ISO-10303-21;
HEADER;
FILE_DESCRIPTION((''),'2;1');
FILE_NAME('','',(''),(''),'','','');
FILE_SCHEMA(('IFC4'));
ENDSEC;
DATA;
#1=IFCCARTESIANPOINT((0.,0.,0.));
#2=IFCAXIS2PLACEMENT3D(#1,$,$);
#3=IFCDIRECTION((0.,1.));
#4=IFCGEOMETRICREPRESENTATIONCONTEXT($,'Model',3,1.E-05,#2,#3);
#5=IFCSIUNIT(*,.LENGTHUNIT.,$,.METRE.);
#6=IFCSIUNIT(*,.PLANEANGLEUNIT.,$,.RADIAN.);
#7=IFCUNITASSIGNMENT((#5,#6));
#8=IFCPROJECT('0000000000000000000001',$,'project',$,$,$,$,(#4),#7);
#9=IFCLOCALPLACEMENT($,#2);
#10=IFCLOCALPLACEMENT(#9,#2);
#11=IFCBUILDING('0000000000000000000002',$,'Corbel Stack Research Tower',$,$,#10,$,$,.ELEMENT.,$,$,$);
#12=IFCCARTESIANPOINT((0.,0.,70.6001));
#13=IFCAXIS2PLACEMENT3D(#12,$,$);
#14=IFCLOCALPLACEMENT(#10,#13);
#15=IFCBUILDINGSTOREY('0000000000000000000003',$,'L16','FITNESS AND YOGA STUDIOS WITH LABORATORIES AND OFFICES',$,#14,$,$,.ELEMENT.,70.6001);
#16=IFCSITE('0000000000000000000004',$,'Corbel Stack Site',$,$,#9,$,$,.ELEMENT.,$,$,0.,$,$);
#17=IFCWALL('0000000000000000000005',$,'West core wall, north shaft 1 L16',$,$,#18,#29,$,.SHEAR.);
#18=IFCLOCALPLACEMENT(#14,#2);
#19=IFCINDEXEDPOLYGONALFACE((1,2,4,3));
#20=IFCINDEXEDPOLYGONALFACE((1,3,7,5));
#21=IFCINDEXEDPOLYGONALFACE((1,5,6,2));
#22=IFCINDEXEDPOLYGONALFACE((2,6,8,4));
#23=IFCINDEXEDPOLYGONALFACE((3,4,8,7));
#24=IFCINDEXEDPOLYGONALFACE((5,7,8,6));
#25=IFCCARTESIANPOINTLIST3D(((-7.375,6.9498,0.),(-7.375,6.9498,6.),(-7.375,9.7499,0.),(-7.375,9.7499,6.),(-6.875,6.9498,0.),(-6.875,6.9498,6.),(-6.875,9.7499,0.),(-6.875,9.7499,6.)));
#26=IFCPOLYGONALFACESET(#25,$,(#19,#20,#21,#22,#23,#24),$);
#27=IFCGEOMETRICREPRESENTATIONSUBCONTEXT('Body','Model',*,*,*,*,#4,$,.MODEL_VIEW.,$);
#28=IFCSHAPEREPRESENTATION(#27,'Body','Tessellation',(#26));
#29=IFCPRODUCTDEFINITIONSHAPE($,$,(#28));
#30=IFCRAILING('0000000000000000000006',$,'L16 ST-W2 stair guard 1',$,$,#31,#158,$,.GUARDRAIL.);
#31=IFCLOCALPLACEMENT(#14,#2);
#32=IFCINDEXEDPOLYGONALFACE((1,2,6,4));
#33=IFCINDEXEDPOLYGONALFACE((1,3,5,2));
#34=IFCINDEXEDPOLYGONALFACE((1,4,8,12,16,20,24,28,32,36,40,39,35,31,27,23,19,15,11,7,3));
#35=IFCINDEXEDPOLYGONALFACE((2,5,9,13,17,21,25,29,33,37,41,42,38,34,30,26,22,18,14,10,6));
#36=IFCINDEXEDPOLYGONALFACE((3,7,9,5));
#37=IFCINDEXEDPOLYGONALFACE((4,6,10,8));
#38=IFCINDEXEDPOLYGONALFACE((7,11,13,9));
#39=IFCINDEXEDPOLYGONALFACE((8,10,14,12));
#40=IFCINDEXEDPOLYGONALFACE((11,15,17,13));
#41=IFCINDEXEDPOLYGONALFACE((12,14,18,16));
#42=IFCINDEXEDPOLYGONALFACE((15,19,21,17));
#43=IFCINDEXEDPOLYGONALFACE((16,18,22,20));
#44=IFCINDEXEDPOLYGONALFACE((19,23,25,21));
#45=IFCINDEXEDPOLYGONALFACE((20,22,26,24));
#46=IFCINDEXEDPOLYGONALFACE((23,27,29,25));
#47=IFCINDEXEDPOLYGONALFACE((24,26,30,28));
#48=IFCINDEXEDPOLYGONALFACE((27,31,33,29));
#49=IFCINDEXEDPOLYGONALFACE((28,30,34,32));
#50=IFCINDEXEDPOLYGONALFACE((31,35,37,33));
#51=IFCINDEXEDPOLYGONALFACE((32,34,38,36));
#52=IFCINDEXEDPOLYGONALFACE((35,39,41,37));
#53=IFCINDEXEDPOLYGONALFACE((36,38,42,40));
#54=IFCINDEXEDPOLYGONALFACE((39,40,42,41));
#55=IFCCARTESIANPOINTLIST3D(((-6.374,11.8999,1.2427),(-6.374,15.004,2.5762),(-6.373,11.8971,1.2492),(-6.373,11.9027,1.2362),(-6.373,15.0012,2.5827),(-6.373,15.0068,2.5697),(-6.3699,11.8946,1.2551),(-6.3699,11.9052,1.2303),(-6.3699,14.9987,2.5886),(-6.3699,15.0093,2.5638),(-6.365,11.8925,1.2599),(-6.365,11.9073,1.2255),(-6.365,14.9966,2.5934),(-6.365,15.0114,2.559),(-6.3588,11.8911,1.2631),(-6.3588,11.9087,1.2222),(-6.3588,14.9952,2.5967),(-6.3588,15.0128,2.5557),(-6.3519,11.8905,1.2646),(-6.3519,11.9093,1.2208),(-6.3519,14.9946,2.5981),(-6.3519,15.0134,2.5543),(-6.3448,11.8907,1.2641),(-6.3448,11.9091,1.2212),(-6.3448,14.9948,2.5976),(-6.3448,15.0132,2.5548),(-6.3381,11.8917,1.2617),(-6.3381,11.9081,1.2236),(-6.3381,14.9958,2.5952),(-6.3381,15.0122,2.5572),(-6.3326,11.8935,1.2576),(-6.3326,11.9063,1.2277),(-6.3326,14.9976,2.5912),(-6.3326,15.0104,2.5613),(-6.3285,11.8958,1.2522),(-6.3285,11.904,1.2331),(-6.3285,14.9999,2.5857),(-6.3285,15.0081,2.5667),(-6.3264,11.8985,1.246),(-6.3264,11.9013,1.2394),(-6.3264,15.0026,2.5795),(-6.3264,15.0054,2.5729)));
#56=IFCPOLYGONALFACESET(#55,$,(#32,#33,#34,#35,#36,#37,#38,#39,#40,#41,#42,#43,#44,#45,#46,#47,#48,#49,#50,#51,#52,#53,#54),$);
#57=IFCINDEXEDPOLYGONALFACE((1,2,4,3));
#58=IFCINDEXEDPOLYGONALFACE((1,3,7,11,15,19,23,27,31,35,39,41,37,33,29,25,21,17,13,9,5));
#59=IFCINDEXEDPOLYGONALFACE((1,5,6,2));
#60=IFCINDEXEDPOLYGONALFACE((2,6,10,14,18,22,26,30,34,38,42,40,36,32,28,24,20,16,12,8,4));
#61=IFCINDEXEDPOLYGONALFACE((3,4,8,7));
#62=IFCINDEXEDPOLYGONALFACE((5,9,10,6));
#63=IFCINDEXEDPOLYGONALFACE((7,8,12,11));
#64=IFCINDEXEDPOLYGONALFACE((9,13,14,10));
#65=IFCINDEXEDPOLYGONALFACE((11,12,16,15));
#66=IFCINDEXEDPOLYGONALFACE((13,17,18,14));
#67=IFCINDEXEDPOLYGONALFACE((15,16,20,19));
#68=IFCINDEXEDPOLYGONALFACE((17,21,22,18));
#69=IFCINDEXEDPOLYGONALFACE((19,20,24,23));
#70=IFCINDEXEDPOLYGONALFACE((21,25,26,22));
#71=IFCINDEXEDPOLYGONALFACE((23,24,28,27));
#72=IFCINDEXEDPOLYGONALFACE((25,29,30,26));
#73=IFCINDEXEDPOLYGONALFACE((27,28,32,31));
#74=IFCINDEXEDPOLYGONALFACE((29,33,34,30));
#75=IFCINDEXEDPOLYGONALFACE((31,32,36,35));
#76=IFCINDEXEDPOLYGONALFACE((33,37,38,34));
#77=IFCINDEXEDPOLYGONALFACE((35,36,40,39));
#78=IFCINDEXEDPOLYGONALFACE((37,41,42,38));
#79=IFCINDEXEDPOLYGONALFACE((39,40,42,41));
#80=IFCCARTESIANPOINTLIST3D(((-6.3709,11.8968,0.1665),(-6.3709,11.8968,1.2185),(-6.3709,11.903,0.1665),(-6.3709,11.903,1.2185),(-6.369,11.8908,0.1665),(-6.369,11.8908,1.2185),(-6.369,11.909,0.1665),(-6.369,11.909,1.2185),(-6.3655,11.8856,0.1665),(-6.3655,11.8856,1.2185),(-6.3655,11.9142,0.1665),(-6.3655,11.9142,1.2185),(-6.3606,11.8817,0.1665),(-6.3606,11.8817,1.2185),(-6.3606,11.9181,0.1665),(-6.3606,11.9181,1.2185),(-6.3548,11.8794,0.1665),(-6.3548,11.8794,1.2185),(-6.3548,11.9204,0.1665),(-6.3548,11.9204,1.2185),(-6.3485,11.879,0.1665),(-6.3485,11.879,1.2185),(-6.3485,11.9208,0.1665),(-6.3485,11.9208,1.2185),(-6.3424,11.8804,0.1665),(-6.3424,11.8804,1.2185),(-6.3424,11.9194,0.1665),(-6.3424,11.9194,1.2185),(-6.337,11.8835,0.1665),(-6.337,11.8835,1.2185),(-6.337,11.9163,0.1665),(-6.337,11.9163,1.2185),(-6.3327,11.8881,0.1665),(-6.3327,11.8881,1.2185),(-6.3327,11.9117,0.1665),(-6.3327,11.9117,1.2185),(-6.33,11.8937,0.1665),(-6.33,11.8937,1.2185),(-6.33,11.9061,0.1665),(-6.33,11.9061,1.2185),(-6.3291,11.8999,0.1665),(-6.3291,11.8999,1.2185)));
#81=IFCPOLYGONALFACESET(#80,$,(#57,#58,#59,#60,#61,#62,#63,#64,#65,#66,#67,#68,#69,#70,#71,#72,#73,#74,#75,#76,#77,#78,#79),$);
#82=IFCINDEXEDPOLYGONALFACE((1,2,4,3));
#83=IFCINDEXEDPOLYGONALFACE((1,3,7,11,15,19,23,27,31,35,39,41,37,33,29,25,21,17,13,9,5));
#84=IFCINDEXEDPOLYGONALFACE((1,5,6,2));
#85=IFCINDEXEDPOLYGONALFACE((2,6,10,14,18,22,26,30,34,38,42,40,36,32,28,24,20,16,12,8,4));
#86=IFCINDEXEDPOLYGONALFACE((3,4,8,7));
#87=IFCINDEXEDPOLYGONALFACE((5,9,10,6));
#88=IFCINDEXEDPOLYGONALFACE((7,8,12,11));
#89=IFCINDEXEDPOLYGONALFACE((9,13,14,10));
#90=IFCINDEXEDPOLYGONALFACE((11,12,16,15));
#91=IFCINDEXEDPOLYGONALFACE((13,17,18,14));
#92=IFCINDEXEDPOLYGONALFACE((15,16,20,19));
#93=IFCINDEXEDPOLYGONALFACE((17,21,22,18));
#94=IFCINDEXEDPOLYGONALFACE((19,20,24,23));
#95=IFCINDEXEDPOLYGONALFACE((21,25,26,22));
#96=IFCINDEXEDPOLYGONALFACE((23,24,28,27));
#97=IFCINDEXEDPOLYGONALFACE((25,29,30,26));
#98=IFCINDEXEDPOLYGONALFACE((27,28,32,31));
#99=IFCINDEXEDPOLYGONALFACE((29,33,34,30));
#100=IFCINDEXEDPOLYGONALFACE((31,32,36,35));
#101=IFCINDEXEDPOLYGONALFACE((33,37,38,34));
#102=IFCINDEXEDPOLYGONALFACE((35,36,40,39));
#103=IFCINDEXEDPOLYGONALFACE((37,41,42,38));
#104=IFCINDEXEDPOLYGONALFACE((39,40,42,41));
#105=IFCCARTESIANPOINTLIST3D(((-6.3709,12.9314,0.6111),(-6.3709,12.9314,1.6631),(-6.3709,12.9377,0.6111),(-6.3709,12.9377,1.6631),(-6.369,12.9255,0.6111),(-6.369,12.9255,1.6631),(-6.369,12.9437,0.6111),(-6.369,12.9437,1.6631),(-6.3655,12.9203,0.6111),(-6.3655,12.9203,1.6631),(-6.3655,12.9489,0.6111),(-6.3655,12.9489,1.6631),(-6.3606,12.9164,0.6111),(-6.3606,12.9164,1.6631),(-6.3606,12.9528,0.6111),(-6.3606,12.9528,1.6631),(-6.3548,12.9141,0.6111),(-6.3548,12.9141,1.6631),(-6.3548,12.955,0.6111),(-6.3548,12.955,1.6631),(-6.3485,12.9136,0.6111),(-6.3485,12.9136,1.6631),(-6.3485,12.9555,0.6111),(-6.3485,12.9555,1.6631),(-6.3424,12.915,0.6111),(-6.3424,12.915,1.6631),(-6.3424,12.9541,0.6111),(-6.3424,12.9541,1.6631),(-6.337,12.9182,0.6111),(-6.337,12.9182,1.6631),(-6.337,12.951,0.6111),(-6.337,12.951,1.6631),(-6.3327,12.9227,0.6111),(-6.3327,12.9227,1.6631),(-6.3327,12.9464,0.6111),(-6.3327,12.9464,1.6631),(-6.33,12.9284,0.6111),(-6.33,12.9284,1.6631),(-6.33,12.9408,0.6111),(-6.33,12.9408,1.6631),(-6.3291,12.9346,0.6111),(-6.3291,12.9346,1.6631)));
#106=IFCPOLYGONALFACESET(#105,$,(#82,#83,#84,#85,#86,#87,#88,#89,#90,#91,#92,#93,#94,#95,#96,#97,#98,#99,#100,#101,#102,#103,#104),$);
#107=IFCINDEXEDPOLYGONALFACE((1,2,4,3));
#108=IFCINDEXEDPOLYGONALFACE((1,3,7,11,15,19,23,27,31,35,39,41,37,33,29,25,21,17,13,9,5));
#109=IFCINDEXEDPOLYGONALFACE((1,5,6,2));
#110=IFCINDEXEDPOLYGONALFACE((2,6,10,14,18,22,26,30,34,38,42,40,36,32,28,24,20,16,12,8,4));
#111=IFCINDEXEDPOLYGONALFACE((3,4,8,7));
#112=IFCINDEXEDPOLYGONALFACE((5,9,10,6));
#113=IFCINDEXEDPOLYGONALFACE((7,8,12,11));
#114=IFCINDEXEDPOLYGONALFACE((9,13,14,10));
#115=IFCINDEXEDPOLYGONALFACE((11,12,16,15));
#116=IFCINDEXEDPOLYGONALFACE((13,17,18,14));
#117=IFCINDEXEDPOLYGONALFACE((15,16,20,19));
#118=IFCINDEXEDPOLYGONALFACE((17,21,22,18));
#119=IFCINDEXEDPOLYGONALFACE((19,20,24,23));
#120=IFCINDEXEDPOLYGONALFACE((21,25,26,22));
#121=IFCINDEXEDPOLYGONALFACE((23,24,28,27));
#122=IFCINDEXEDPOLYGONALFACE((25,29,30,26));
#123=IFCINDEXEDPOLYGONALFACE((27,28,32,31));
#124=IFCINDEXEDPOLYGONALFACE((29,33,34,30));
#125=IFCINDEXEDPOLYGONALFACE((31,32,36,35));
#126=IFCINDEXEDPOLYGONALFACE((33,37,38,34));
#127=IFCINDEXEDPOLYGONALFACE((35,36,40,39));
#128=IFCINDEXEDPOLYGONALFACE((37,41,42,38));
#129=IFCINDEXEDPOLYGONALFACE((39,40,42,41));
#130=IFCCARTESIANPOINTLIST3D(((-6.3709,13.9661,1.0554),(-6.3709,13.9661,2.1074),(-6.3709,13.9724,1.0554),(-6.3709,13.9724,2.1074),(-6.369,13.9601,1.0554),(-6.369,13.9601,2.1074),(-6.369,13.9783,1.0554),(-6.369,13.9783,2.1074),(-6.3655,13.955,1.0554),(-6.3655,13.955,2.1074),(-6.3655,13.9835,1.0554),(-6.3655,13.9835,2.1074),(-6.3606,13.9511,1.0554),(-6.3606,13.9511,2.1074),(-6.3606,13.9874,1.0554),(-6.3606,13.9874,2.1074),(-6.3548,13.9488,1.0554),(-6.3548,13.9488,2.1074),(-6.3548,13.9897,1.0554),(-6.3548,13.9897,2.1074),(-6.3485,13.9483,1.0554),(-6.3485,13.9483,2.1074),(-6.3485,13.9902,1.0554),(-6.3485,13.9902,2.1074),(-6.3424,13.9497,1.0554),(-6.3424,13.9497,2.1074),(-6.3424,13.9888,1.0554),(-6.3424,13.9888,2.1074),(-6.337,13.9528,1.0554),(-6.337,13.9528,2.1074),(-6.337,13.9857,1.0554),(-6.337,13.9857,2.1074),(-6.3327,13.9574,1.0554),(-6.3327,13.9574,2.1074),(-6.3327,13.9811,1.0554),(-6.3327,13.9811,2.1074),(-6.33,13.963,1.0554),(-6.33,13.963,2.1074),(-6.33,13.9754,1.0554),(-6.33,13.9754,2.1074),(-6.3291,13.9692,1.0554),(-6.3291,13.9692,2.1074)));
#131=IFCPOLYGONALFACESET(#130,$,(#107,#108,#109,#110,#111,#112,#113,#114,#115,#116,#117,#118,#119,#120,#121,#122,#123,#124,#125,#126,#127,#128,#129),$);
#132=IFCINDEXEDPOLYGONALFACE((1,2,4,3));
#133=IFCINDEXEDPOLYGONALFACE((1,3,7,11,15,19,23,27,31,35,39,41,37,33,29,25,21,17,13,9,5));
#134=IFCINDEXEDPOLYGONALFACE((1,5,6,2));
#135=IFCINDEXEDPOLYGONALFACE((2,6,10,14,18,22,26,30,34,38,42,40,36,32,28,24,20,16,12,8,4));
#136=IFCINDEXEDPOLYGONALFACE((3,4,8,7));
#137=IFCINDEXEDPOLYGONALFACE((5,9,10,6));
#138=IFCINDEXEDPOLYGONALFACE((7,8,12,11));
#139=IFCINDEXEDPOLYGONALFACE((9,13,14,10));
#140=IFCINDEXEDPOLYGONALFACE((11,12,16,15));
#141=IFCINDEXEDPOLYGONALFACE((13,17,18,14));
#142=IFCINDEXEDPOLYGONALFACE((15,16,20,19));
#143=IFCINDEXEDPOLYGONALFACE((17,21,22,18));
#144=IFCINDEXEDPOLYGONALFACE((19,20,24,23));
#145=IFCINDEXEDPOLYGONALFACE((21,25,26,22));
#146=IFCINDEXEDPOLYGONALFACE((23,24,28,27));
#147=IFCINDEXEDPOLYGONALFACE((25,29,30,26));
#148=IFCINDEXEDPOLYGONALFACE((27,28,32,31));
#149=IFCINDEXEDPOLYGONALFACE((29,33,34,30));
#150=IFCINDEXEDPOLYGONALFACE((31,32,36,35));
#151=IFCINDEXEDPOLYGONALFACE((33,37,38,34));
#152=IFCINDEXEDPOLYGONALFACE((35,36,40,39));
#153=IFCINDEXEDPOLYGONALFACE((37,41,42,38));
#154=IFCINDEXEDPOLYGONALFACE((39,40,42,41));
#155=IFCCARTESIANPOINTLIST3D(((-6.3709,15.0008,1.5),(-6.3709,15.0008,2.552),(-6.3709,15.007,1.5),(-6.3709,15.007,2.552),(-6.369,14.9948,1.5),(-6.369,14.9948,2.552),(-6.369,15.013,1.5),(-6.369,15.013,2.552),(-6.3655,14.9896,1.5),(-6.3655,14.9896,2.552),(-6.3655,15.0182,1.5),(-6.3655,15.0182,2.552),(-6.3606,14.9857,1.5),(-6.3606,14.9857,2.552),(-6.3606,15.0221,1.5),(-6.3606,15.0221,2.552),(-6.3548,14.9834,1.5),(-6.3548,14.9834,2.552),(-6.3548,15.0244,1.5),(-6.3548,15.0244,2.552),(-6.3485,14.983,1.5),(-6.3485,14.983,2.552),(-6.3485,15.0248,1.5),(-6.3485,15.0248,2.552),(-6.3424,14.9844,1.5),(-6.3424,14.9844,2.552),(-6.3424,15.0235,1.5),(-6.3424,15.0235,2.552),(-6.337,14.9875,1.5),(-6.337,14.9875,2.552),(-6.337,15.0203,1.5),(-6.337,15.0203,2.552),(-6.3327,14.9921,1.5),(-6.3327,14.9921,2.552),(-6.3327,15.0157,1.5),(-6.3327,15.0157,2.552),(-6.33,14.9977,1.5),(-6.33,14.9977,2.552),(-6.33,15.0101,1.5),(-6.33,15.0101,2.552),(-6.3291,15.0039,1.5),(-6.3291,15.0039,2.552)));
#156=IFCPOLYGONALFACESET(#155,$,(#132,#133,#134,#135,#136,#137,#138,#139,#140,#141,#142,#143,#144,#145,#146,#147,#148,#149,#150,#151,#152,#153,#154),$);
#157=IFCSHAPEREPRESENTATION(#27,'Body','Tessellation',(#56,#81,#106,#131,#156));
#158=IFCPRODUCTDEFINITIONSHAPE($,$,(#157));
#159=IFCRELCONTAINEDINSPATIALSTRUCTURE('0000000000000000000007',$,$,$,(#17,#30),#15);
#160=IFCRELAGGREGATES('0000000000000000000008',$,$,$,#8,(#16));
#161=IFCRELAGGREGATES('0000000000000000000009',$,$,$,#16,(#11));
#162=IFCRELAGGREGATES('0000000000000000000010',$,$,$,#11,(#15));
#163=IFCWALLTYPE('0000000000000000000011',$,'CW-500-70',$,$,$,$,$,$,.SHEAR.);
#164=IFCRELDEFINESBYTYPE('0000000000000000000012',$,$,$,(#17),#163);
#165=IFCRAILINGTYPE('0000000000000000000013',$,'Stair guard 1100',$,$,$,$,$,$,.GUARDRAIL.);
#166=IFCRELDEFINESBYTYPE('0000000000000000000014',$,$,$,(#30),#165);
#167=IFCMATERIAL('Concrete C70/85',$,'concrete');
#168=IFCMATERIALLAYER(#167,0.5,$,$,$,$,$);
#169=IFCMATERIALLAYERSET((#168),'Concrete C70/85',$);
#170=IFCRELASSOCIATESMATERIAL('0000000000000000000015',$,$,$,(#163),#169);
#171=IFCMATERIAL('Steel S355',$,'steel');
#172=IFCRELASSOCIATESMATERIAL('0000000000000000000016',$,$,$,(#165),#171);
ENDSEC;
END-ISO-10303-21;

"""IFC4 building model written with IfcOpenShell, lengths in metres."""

from ifc_helpers import new_model, si_unit, direction, frame, frame_2d, origin, origin_2d, place, context, subcontext, project, spatial, rectangle, circle, extrude, material, layer, layer_set, type_object, element, save


model = new_model("IFC4")

# Units and contexts
model_context = context("Model", 3, precision=1e-05, world=origin(), true_north=direction((0.0, 1.0)))
body_context = subcontext(model_context, "Body", "Model", "MODEL_VIEW")
ifc_project = project(units=[si_unit("LENGTHUNIT", "METRE"), si_unit("PLANEANGLEUNIT", "RADIAN")], contexts=[model_context])

# Site, building, storey
site_placement = place(None, origin())
site = spatial("IfcSite", under=ifc_project, at=site_placement, Name="Corbel Stack Site", CompositionType="ELEMENT", RefElevation=0.0)
building_placement = place(site_placement, origin())
building = spatial("IfcBuilding", under=site, at=building_placement, Name="Corbel Stack Research Tower", CompositionType="ELEMENT")
storey_placement = place(building_placement, frame((0.0, 0.0, 70.6001)))
storey = spatial("IfcBuildingStorey", under=building, at=storey_placement, Name="L16", Description="FITNESS AND YOGA STUDIOS WITH LABORATORIES AND OFFICES", CompositionType="ELEMENT", Elevation=70.6001)

# Shared definitions
ifc_material_1 = material(Name="Concrete C70/85", Category="concrete")
ifc_layer_1 = layer(ifc_material_1, 0.5)
ifc_layer_set_1 = layer_set([ifc_layer_1], Name="Concrete C70/85")
wall_type = type_object("IfcWallType", Name="CW-500-70", PredefinedType="SHEAR", material=ifc_layer_set_1)

# Wall
wall_1_placement = place(storey_placement, frame((-7.125, 6.95, 0.0), z_axis=(0.0, 0.0, 1.0), x_axis=(0.0, 1.0, 0.0)))
element("IfcWall", 1, at=wall_1_placement, inside=storey, type_object=wall_type, Name="West core wall, north shaft 1 L16", PredefinedType="SHEAR", context=body_context, shape_type="SweptSolid", body=[
    extrude(rectangle(XDim=2.8, YDim=0.5, at=frame_2d((1.3999, 0.0))), origin(), (0.0, 0.0, 1.0), 6.0),
])

# Railing
ifc_material_2 = material(Name="Steel S355", Category="steel")
railing_type = type_object("IfcRailingType", Name="Stair guard 1100", PredefinedType="GUARDRAIL", material=ifc_material_2)
railing_placement = place(storey_placement, frame((-6.3501, 11.8999, 0.1665)))
element("IfcRailing", 2, at=railing_placement, inside=storey, type_object=railing_type, Name="L16 ST-W2 stair guard 1", PredefinedType="GUARDRAIL", context=body_context, shape_type="SweptSolid", body=[
    extrude(circle(Radius=0.0239, at=origin_2d()), frame((0.0, 0.0, 1.0762), z_axis=(0.0, 0.918801, 0.394722), x_axis=(-1.0, 0.0, 0.0)), (0.0, 0.0, 1.0), 3.3784),
    extrude(circle(Radius=0.021, at=origin_2d()), origin(), (0.0, 0.0, 1.0), 1.052),
    extrude(circle(Radius=0.021, at=origin_2d()), frame((0.0, 1.0347, 0.4446)), (0.0, 0.0, 1.0), 1.052),
    extrude(circle(Radius=0.021, at=origin_2d()), frame((0.0, 2.0693, 0.8889)), (0.0, 0.0, 1.0), 1.052),
    extrude(circle(Radius=0.021, at=origin_2d()), frame((0.0, 3.104, 1.3335)), (0.0, 0.0, 1.0), 1.052),
])

save(model, "model.ifc")
